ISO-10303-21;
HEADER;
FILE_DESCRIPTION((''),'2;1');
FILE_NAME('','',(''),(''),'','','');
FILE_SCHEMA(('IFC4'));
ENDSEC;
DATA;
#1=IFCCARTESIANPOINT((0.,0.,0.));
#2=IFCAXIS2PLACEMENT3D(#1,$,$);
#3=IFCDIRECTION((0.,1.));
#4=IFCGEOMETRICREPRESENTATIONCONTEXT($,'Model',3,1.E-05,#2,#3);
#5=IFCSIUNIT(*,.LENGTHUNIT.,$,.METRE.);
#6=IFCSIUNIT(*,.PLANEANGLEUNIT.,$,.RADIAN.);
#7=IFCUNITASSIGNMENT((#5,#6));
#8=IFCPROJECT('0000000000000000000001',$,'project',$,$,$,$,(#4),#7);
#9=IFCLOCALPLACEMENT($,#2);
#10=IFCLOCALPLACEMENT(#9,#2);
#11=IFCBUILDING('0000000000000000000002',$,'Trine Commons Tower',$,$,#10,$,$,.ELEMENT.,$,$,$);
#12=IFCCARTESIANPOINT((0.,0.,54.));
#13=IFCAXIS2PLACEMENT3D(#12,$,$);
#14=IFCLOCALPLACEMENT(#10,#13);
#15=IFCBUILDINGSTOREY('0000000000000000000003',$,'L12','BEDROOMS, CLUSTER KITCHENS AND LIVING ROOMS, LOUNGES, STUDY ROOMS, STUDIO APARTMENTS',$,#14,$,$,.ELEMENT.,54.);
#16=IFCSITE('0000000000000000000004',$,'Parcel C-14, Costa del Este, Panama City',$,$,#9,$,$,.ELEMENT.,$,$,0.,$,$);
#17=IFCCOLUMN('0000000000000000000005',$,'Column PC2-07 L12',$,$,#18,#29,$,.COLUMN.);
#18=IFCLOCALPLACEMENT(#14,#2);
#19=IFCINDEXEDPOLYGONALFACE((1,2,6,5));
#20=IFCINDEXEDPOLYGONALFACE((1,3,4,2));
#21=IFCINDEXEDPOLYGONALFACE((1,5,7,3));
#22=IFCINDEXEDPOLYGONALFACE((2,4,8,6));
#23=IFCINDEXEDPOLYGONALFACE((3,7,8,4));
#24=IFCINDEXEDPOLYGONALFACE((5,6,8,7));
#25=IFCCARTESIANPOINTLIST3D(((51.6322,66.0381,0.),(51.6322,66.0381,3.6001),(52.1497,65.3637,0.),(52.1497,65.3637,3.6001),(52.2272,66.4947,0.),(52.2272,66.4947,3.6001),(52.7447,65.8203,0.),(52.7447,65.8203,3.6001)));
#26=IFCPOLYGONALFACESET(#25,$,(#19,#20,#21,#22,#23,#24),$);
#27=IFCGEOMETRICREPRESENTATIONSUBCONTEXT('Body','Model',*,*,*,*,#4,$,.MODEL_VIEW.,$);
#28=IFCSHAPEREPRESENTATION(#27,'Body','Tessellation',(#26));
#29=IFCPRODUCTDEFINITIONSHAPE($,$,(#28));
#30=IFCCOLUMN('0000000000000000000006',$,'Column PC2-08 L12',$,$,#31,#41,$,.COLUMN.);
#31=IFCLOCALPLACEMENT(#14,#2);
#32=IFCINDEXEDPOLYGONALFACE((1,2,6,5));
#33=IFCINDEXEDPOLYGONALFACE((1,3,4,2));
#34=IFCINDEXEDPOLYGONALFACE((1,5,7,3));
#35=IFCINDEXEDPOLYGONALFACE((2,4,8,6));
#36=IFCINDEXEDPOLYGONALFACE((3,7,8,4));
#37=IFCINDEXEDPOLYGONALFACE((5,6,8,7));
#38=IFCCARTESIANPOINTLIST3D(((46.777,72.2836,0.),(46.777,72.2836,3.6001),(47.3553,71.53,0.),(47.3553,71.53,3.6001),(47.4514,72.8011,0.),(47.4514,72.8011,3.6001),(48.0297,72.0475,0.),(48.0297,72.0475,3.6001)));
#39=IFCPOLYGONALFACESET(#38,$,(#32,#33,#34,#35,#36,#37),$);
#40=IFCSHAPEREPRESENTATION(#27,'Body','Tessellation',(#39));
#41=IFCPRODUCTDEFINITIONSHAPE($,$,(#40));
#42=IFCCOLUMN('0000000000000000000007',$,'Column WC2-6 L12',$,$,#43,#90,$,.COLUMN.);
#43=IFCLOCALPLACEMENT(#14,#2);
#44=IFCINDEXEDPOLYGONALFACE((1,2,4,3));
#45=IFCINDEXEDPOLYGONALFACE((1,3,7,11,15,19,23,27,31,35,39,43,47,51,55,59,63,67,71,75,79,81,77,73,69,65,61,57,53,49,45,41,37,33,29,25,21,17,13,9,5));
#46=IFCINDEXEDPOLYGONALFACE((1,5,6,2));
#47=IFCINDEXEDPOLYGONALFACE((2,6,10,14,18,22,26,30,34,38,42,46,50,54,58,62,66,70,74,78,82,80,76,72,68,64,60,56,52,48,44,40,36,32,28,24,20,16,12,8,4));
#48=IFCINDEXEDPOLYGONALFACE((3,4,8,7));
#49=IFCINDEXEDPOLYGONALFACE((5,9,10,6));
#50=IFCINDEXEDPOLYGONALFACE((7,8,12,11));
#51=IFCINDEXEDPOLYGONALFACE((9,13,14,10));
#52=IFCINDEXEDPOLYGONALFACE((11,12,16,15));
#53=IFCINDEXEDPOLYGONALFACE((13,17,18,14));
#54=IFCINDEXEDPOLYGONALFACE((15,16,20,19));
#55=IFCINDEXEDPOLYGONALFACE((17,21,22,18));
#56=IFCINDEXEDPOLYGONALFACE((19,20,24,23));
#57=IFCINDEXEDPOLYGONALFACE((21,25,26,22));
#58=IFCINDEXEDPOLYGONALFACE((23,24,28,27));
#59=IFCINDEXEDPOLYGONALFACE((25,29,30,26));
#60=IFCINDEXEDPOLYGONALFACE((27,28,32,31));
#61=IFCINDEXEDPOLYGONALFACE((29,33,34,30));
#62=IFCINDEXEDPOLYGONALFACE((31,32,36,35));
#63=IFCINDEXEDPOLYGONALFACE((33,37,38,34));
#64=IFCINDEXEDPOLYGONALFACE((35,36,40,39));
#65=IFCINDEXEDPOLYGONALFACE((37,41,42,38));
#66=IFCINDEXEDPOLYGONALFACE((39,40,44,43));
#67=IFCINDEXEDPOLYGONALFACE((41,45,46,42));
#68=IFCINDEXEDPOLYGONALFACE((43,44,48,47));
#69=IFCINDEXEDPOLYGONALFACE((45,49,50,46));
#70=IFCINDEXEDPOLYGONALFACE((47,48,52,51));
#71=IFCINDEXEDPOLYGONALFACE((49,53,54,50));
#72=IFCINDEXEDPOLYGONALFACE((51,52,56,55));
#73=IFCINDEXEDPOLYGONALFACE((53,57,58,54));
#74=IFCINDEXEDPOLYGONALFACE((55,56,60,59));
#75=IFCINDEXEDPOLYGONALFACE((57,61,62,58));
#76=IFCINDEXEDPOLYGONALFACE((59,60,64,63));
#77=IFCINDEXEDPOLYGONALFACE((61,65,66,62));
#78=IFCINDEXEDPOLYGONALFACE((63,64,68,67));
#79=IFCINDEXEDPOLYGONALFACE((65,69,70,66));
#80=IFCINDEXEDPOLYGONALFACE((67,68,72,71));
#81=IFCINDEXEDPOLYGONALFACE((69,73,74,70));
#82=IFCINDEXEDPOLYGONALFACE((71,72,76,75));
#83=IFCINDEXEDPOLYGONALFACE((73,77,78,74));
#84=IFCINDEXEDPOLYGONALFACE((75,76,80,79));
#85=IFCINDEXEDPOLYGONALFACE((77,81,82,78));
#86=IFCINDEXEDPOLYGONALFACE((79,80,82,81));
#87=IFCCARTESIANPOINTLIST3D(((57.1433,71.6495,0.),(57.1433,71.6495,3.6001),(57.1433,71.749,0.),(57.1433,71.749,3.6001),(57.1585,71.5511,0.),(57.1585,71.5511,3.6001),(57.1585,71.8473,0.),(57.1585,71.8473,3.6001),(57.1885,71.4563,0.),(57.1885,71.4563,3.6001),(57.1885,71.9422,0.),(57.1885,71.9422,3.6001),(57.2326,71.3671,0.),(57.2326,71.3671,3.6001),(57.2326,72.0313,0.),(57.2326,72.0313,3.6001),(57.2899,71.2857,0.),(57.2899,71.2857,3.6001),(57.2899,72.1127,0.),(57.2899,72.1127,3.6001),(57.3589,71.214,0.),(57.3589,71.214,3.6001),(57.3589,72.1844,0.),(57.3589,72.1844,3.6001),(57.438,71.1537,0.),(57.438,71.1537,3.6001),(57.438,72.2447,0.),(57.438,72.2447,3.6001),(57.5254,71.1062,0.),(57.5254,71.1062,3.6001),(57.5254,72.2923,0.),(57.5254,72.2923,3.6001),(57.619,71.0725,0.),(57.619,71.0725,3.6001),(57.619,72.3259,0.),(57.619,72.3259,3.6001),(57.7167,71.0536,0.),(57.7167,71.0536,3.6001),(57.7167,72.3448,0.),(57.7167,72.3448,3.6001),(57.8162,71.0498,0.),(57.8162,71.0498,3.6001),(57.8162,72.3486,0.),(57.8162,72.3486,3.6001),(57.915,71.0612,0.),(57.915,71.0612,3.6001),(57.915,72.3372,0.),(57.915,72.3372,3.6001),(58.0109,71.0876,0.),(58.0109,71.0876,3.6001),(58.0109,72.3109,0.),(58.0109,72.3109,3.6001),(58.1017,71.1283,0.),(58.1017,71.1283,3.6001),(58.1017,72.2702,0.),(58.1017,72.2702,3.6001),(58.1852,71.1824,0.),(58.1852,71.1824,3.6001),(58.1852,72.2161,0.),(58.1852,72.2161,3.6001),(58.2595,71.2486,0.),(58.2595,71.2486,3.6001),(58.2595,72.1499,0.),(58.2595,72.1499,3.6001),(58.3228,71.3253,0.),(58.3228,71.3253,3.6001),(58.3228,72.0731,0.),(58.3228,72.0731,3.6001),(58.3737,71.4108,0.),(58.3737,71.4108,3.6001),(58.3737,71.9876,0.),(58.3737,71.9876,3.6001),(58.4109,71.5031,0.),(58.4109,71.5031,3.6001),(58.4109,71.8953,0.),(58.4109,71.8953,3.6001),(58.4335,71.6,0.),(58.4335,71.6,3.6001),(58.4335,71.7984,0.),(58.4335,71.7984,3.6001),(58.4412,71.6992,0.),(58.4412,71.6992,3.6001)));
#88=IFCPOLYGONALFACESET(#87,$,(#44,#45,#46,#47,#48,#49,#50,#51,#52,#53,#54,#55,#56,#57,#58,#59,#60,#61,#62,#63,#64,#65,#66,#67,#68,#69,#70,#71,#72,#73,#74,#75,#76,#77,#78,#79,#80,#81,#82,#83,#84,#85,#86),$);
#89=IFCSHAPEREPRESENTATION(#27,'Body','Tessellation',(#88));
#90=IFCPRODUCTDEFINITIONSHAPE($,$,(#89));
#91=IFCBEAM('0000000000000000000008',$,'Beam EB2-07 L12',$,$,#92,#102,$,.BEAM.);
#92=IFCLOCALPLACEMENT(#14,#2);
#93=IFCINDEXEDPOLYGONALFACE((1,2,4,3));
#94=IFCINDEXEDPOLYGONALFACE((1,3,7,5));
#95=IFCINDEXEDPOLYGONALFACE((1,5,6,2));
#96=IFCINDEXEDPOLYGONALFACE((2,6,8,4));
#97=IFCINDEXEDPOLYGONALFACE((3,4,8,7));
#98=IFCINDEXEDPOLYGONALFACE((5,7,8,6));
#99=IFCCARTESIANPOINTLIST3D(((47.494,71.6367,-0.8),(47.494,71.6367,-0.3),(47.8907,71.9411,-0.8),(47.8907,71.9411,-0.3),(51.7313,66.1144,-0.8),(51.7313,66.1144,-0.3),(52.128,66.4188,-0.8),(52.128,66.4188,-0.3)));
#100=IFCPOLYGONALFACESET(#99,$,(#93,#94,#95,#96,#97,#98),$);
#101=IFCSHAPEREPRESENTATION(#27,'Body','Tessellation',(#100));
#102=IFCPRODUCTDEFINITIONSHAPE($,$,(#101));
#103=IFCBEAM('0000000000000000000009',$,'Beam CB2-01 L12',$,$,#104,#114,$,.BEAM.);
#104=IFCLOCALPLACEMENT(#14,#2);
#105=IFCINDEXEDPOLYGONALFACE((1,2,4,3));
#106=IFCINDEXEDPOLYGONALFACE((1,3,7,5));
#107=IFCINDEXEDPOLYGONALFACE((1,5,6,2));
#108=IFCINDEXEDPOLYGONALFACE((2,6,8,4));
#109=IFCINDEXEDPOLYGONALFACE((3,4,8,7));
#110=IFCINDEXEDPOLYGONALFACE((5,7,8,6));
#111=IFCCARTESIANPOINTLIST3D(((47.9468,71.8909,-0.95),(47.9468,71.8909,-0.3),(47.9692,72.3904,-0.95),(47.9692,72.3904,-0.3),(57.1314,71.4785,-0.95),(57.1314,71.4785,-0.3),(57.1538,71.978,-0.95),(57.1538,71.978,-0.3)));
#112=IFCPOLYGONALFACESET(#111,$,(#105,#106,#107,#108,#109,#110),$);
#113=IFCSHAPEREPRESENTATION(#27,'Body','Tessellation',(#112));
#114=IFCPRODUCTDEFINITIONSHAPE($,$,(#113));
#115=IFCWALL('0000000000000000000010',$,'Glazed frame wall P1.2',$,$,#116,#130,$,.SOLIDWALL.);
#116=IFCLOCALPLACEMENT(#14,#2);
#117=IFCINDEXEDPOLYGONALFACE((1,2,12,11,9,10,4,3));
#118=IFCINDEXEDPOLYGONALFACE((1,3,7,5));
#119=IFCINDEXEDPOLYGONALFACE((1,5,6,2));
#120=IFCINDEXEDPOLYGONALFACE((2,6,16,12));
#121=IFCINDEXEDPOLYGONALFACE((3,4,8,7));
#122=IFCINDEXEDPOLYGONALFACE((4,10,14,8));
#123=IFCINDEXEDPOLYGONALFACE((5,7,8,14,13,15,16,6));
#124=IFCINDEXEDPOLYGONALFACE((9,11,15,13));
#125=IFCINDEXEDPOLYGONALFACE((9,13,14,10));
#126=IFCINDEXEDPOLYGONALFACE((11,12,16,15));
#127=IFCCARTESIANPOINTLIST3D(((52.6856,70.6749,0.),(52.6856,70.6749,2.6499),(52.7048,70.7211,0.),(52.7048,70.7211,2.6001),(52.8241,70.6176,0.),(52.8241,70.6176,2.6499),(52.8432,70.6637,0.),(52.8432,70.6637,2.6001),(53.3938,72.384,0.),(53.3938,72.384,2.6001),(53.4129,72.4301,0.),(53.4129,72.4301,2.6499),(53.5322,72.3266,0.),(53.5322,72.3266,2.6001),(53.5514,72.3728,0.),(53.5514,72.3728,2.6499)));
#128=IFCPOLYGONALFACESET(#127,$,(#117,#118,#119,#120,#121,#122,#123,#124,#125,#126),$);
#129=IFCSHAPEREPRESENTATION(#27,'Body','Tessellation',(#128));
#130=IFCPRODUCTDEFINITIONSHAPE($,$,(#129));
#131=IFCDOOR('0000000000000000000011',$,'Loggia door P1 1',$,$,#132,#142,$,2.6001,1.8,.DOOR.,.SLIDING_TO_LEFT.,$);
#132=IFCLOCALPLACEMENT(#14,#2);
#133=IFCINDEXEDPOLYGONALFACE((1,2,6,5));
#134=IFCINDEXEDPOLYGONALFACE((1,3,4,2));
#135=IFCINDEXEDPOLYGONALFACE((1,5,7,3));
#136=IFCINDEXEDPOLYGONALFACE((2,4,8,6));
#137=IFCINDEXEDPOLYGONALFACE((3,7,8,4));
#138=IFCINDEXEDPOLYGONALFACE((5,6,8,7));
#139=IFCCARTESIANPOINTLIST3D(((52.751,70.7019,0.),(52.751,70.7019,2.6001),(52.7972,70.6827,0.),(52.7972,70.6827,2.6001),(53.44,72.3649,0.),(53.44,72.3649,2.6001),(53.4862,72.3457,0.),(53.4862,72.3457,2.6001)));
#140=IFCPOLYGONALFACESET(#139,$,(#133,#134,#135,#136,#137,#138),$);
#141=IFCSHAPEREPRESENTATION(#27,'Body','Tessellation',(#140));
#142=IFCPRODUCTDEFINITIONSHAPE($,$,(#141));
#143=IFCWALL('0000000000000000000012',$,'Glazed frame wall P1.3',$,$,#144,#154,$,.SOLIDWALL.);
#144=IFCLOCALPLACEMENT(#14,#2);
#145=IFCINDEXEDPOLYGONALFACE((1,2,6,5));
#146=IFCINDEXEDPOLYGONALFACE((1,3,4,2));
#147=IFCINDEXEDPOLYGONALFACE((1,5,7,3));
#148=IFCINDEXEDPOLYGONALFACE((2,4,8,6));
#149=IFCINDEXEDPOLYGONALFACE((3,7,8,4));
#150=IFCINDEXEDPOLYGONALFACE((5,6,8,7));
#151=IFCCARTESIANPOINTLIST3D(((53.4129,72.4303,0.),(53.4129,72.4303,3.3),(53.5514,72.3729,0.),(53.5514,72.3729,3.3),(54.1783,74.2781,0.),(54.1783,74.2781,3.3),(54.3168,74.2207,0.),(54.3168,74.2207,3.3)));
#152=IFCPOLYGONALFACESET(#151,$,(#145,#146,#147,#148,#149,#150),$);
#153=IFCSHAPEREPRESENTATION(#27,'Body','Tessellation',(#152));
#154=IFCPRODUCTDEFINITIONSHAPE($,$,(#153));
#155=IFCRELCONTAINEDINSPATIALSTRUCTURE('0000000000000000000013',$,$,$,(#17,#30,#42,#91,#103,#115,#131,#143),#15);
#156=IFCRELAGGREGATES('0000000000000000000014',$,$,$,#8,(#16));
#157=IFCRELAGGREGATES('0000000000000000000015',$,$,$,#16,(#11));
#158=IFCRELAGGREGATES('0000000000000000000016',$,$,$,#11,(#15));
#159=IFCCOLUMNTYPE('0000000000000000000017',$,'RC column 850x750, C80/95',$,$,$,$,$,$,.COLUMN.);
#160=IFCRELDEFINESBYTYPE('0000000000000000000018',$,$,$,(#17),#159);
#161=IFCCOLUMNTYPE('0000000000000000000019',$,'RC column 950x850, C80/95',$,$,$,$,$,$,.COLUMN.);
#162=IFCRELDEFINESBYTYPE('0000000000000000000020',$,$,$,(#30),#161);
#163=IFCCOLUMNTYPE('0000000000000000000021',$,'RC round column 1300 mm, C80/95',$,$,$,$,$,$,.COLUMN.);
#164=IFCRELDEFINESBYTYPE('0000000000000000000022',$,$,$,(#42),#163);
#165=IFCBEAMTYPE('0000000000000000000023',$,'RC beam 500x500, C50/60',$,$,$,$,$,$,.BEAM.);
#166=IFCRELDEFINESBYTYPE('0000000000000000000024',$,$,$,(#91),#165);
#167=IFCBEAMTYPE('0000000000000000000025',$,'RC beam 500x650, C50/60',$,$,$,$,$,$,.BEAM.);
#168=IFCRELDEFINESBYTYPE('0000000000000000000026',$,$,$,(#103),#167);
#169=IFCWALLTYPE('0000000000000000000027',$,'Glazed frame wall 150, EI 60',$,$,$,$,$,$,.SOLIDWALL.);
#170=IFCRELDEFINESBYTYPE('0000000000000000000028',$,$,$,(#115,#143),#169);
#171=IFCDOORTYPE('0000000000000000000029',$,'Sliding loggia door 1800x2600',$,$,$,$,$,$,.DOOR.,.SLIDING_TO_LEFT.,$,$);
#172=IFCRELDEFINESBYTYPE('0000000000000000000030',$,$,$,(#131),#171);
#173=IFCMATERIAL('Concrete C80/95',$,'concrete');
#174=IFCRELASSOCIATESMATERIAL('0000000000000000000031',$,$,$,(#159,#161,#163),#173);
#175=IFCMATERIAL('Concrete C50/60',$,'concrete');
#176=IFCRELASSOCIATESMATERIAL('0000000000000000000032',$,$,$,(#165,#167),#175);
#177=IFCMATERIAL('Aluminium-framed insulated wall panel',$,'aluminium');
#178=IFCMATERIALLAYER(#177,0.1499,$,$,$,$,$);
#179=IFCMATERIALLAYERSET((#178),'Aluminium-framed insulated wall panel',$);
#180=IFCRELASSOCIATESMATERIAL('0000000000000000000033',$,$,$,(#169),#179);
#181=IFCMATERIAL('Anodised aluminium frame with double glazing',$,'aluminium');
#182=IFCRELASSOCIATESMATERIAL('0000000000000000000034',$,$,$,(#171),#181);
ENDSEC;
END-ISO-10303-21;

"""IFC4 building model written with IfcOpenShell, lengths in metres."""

from ifc_helpers import new_model, si_unit, direction, frame, frame_2d, origin, origin_2d, place, context, subcontext, project, spatial, polyline, rectangle, circle, outline, extrude, material, layer, layer_set, material_profile, profile_set, type_object, element, fill, save


model = new_model("IFC4")

# Units and contexts
model_context = context("Model", 3, precision=1e-05, world=origin(), true_north=direction((0.0, 1.0)))
body_context = subcontext(model_context, "Body", "Model", "MODEL_VIEW")
ifc_project = project(units=[si_unit("LENGTHUNIT", "METRE"), si_unit("PLANEANGLEUNIT", "RADIAN")], contexts=[model_context])

# Site, building, storey
site_placement = place(None, origin())
site = spatial("IfcSite", under=ifc_project, at=site_placement, Name="Parcel C-14, Costa del Este, Panama City", CompositionType="ELEMENT", RefElevation=0.0)
building_placement = place(site_placement, origin())
building = spatial("IfcBuilding", under=site, at=building_placement, Name="Trine Commons Tower", CompositionType="ELEMENT")
storey_placement = place(building_placement, frame((0.0, 0.0, 54.0)))
storey = spatial("IfcBuildingStorey", under=building, at=storey_placement, Name="L12", Description="BEDROOMS, CLUSTER KITCHENS AND LIVING ROOMS, LOUNGES, STUDY ROOMS, STUDIO APARTMENTS", CompositionType="ELEMENT", Elevation=54.0)

# Columns
ifc_material_1 = material(Name="Concrete C80/95", Category="concrete")
ifc_material_profile_1 = material_profile(ifc_material_1, rectangle(XDim=0.8501, YDim=0.75, at=origin_2d()), Name="RC 850x750")
ifc_profile_set_1 = profile_set([ifc_material_profile_1], Name="Concrete C80/95")
column_type_1 = type_object("IfcColumnType", Name="RC column 850x750, C80/95", PredefinedType="COLUMN", material=ifc_profile_set_1)
column_1_placement = place(storey_placement, frame((52.1885, 65.9292, 0.0), z_axis=(0.0, 0.0, 1.0), x_axis=(-0.608761, 0.793353, 0.0)))
element("IfcColumn", 1, at=column_1_placement, inside=storey, type_object=column_type_1, Name="Column PC2-07 L12", PredefinedType="COLUMN", context=body_context, shape_type="SweptSolid", body=[
    extrude(rectangle(XDim=0.8501, YDim=0.75, at=origin_2d()), origin(), (0.0, 0.0, 1.0), 3.6001),
])
ifc_material_profile_2 = material_profile(ifc_material_1, rectangle(XDim=0.95, YDim=0.8501, at=origin_2d()), Name="RC 950x850")
ifc_profile_set_2 = profile_set([ifc_material_profile_2], Name="Concrete C80/95")
column_type_2 = type_object("IfcColumnType", Name="RC column 950x850, C80/95", PredefinedType="COLUMN", material=ifc_profile_set_2)
column_2_placement = place(storey_placement, frame((47.4033, 72.1655, 0.0), z_axis=(0.0, 0.0, 1.0), x_axis=(-0.608761, 0.793353, 0.0)))
element("IfcColumn", 2, at=column_2_placement, inside=storey, type_object=column_type_2, Name="Column PC2-08 L12", PredefinedType="COLUMN", context=body_context, shape_type="SweptSolid", body=[
    extrude(rectangle(XDim=0.95, YDim=0.8501, at=origin_2d()), origin(), (0.0, 0.0, 1.0), 3.6001),
])
ifc_material_profile_3 = material_profile(ifc_material_1, circle(Radius=0.6499, at=origin_2d()), Name="RC round 1300")
ifc_profile_set_3 = profile_set([ifc_material_profile_3], Name="Concrete C80/95")
column_type_3 = type_object("IfcColumnType", Name="RC round column 1300 mm, C80/95", PredefinedType="COLUMN", material=ifc_profile_set_3)
column_3_placement = place(storey_placement, frame((57.7913, 71.6992, 0.0), z_axis=(0.0, 0.0, 1.0), x_axis=(1.0, 0.0, 0.0)))
element("IfcColumn", 3, at=column_3_placement, inside=storey, type_object=column_type_3, Name="Column WC2-6 L12", PredefinedType="COLUMN", context=body_context, shape_type="SweptSolid", body=[
    extrude(circle(Radius=0.6499, at=origin_2d()), origin(), (0.0, 0.0, 1.0), 3.6001),
])

# Beams
ifc_material_2 = material(Name="Concrete C50/60", Category="concrete")
ifc_material_profile_4 = material_profile(ifc_material_2, rectangle(XDim=0.5, YDim=0.5, at=origin_2d()), Name="RC 500x500")
ifc_profile_set_4 = profile_set([ifc_material_profile_4], Name="Concrete C50/60")
beam_type_1 = type_object("IfcBeamType", Name="RC beam 500x500, C50/60", PredefinedType="BEAM", material=ifc_profile_set_4)
beam_1_placement = place(storey_placement, frame((51.9297, 66.2666, -0.55), z_axis=(-0.608758, 0.793356, 0.0), x_axis=(-0.793356, -0.608758, 0.0)))
element("IfcBeam", 4, at=beam_1_placement, inside=storey, type_object=beam_type_1, Name="Beam EB2-07 L12", PredefinedType="BEAM", context=body_context, shape_type="SweptSolid", body=[
    extrude(rectangle(XDim=0.5, YDim=0.5, at=origin_2d()), origin(), (0.0, 0.0, 1.0), 6.9607),
])
ifc_material_profile_5 = material_profile(ifc_material_2, rectangle(XDim=0.5, YDim=0.6499, at=origin_2d()), Name="RC 500x650")
ifc_profile_set_5 = profile_set([ifc_material_profile_5], Name="Concrete C50/60")
beam_type_2 = type_object("IfcBeamType", Name="RC beam 500x650, C50/60", PredefinedType="BEAM", material=ifc_profile_set_5)
beam_2_placement = place(storey_placement, frame((47.958, 72.1406, -0.625), z_axis=(0.998994, -0.044851, 0.0), x_axis=(0.044851, 0.998994, 0.0)))
element("IfcBeam", 5, at=beam_2_placement, inside=storey, type_object=beam_type_2, Name="Beam CB2-01 L12", PredefinedType="BEAM", context=body_context, shape_type="SweptSolid", body=[
    extrude(rectangle(XDim=0.5, YDim=0.6499, at=origin_2d()), origin(), (0.0, 0.0, 1.0), 9.1938),
])

# Shared definitions
ifc_material_3 = material(Name="Aluminium-framed insulated wall panel", Category="aluminium")
ifc_layer_1 = layer(ifc_material_3, 0.1499)
ifc_layer_set_1 = layer_set([ifc_layer_1], Name="Aluminium-framed insulated wall panel")
wall_type_1 = type_object("IfcWallType", Name="Glazed frame wall 150, EI 60", PredefinedType="SOLIDWALL", material=ifc_layer_set_1)

# Wall, opening, door
wall_1_placement = place(storey_placement, frame((52.7549, 70.6462, 0.0), z_axis=(0.0, 0.0, 1.0), x_axis=(0.382772, 0.923843, 0.0)))
wall_1 = element("IfcWall", 6, at=wall_1_placement, inside=storey, type_object=wall_type_1, Name="Glazed frame wall P1.2", PredefinedType="SOLIDWALL", context=body_context, shape_type="SweptSolid", body=[
    extrude(outline(polyline([(0.0, -0.075), (1.8999, -0.075), (1.8999, 0.075), (0.0, 0.075), (0.0, -0.075)])), origin(), (0.0, 0.0, 1.0), 2.6499),
])
opening_1_placement = place(wall_1_placement, frame((0.05, 0.0, 0.0)))
opening_1 = element("IfcOpeningElement", 7, at=opening_1_placement, cuts=wall_1, PredefinedType="OPENING", context=body_context, shape_type="SweptSolid", body=[
    extrude(rectangle(XDim=1.8, YDim=2.6001, at=frame_2d((0.8999, 1.3))), frame((0.0, 0.085, 0.0), z_axis=(0.0, -1.0, 0.0), x_axis=(1.0, 0.0, 0.0)), (0.0, 0.0, 1.0), 0.1699),
])
ifc_material_4 = material(Name="Anodised aluminium frame with double glazing", Category="aluminium")
door_type_1 = type_object("IfcDoorType", Name="Sliding loggia door 1800x2600", OperationType="SLIDING_TO_LEFT", PredefinedType="DOOR", material=ifc_material_4)
door_1_placement = place(opening_1_placement, origin())
door_1 = element("IfcDoor", 8, at=door_1_placement, inside=storey, type_object=door_type_1, Name="Loggia door P1 1", OperationType="SLIDING_TO_LEFT", OverallHeight=2.6001, OverallWidth=1.8, PredefinedType="DOOR", context=body_context, shape_type="SweptSolid", body=[
    extrude(rectangle(XDim=1.8, YDim=2.6001, at=frame_2d((0.8999, 1.3))), frame((0.0, 0.0249, 0.0), z_axis=(0.0, -1.0, 0.0), x_axis=(1.0, 0.0, 0.0)), (0.0, 0.0, 1.0), 0.05),
])
fill(opening_1, door_1)

# Wall
wall_2_placement = place(storey_placement, frame((53.4822, 72.4016, 0.0), z_axis=(0.0, 0.0, 1.0), x_axis=(0.382664, 0.923887, 0.0)))
element("IfcWall", 9, at=wall_2_placement, inside=storey, type_object=wall_type_1, Name="Glazed frame wall P1.3", PredefinedType="SOLIDWALL", context=body_context, shape_type="SweptSolid", body=[
    extrude(outline(polyline([(0.0, -0.075), (2.0, -0.075), (2.0, 0.075), (0.0, 0.075), (0.0, -0.075)])), origin(), (0.0, 0.0, 1.0), 3.3),
])

save(model, "model.ifc")
